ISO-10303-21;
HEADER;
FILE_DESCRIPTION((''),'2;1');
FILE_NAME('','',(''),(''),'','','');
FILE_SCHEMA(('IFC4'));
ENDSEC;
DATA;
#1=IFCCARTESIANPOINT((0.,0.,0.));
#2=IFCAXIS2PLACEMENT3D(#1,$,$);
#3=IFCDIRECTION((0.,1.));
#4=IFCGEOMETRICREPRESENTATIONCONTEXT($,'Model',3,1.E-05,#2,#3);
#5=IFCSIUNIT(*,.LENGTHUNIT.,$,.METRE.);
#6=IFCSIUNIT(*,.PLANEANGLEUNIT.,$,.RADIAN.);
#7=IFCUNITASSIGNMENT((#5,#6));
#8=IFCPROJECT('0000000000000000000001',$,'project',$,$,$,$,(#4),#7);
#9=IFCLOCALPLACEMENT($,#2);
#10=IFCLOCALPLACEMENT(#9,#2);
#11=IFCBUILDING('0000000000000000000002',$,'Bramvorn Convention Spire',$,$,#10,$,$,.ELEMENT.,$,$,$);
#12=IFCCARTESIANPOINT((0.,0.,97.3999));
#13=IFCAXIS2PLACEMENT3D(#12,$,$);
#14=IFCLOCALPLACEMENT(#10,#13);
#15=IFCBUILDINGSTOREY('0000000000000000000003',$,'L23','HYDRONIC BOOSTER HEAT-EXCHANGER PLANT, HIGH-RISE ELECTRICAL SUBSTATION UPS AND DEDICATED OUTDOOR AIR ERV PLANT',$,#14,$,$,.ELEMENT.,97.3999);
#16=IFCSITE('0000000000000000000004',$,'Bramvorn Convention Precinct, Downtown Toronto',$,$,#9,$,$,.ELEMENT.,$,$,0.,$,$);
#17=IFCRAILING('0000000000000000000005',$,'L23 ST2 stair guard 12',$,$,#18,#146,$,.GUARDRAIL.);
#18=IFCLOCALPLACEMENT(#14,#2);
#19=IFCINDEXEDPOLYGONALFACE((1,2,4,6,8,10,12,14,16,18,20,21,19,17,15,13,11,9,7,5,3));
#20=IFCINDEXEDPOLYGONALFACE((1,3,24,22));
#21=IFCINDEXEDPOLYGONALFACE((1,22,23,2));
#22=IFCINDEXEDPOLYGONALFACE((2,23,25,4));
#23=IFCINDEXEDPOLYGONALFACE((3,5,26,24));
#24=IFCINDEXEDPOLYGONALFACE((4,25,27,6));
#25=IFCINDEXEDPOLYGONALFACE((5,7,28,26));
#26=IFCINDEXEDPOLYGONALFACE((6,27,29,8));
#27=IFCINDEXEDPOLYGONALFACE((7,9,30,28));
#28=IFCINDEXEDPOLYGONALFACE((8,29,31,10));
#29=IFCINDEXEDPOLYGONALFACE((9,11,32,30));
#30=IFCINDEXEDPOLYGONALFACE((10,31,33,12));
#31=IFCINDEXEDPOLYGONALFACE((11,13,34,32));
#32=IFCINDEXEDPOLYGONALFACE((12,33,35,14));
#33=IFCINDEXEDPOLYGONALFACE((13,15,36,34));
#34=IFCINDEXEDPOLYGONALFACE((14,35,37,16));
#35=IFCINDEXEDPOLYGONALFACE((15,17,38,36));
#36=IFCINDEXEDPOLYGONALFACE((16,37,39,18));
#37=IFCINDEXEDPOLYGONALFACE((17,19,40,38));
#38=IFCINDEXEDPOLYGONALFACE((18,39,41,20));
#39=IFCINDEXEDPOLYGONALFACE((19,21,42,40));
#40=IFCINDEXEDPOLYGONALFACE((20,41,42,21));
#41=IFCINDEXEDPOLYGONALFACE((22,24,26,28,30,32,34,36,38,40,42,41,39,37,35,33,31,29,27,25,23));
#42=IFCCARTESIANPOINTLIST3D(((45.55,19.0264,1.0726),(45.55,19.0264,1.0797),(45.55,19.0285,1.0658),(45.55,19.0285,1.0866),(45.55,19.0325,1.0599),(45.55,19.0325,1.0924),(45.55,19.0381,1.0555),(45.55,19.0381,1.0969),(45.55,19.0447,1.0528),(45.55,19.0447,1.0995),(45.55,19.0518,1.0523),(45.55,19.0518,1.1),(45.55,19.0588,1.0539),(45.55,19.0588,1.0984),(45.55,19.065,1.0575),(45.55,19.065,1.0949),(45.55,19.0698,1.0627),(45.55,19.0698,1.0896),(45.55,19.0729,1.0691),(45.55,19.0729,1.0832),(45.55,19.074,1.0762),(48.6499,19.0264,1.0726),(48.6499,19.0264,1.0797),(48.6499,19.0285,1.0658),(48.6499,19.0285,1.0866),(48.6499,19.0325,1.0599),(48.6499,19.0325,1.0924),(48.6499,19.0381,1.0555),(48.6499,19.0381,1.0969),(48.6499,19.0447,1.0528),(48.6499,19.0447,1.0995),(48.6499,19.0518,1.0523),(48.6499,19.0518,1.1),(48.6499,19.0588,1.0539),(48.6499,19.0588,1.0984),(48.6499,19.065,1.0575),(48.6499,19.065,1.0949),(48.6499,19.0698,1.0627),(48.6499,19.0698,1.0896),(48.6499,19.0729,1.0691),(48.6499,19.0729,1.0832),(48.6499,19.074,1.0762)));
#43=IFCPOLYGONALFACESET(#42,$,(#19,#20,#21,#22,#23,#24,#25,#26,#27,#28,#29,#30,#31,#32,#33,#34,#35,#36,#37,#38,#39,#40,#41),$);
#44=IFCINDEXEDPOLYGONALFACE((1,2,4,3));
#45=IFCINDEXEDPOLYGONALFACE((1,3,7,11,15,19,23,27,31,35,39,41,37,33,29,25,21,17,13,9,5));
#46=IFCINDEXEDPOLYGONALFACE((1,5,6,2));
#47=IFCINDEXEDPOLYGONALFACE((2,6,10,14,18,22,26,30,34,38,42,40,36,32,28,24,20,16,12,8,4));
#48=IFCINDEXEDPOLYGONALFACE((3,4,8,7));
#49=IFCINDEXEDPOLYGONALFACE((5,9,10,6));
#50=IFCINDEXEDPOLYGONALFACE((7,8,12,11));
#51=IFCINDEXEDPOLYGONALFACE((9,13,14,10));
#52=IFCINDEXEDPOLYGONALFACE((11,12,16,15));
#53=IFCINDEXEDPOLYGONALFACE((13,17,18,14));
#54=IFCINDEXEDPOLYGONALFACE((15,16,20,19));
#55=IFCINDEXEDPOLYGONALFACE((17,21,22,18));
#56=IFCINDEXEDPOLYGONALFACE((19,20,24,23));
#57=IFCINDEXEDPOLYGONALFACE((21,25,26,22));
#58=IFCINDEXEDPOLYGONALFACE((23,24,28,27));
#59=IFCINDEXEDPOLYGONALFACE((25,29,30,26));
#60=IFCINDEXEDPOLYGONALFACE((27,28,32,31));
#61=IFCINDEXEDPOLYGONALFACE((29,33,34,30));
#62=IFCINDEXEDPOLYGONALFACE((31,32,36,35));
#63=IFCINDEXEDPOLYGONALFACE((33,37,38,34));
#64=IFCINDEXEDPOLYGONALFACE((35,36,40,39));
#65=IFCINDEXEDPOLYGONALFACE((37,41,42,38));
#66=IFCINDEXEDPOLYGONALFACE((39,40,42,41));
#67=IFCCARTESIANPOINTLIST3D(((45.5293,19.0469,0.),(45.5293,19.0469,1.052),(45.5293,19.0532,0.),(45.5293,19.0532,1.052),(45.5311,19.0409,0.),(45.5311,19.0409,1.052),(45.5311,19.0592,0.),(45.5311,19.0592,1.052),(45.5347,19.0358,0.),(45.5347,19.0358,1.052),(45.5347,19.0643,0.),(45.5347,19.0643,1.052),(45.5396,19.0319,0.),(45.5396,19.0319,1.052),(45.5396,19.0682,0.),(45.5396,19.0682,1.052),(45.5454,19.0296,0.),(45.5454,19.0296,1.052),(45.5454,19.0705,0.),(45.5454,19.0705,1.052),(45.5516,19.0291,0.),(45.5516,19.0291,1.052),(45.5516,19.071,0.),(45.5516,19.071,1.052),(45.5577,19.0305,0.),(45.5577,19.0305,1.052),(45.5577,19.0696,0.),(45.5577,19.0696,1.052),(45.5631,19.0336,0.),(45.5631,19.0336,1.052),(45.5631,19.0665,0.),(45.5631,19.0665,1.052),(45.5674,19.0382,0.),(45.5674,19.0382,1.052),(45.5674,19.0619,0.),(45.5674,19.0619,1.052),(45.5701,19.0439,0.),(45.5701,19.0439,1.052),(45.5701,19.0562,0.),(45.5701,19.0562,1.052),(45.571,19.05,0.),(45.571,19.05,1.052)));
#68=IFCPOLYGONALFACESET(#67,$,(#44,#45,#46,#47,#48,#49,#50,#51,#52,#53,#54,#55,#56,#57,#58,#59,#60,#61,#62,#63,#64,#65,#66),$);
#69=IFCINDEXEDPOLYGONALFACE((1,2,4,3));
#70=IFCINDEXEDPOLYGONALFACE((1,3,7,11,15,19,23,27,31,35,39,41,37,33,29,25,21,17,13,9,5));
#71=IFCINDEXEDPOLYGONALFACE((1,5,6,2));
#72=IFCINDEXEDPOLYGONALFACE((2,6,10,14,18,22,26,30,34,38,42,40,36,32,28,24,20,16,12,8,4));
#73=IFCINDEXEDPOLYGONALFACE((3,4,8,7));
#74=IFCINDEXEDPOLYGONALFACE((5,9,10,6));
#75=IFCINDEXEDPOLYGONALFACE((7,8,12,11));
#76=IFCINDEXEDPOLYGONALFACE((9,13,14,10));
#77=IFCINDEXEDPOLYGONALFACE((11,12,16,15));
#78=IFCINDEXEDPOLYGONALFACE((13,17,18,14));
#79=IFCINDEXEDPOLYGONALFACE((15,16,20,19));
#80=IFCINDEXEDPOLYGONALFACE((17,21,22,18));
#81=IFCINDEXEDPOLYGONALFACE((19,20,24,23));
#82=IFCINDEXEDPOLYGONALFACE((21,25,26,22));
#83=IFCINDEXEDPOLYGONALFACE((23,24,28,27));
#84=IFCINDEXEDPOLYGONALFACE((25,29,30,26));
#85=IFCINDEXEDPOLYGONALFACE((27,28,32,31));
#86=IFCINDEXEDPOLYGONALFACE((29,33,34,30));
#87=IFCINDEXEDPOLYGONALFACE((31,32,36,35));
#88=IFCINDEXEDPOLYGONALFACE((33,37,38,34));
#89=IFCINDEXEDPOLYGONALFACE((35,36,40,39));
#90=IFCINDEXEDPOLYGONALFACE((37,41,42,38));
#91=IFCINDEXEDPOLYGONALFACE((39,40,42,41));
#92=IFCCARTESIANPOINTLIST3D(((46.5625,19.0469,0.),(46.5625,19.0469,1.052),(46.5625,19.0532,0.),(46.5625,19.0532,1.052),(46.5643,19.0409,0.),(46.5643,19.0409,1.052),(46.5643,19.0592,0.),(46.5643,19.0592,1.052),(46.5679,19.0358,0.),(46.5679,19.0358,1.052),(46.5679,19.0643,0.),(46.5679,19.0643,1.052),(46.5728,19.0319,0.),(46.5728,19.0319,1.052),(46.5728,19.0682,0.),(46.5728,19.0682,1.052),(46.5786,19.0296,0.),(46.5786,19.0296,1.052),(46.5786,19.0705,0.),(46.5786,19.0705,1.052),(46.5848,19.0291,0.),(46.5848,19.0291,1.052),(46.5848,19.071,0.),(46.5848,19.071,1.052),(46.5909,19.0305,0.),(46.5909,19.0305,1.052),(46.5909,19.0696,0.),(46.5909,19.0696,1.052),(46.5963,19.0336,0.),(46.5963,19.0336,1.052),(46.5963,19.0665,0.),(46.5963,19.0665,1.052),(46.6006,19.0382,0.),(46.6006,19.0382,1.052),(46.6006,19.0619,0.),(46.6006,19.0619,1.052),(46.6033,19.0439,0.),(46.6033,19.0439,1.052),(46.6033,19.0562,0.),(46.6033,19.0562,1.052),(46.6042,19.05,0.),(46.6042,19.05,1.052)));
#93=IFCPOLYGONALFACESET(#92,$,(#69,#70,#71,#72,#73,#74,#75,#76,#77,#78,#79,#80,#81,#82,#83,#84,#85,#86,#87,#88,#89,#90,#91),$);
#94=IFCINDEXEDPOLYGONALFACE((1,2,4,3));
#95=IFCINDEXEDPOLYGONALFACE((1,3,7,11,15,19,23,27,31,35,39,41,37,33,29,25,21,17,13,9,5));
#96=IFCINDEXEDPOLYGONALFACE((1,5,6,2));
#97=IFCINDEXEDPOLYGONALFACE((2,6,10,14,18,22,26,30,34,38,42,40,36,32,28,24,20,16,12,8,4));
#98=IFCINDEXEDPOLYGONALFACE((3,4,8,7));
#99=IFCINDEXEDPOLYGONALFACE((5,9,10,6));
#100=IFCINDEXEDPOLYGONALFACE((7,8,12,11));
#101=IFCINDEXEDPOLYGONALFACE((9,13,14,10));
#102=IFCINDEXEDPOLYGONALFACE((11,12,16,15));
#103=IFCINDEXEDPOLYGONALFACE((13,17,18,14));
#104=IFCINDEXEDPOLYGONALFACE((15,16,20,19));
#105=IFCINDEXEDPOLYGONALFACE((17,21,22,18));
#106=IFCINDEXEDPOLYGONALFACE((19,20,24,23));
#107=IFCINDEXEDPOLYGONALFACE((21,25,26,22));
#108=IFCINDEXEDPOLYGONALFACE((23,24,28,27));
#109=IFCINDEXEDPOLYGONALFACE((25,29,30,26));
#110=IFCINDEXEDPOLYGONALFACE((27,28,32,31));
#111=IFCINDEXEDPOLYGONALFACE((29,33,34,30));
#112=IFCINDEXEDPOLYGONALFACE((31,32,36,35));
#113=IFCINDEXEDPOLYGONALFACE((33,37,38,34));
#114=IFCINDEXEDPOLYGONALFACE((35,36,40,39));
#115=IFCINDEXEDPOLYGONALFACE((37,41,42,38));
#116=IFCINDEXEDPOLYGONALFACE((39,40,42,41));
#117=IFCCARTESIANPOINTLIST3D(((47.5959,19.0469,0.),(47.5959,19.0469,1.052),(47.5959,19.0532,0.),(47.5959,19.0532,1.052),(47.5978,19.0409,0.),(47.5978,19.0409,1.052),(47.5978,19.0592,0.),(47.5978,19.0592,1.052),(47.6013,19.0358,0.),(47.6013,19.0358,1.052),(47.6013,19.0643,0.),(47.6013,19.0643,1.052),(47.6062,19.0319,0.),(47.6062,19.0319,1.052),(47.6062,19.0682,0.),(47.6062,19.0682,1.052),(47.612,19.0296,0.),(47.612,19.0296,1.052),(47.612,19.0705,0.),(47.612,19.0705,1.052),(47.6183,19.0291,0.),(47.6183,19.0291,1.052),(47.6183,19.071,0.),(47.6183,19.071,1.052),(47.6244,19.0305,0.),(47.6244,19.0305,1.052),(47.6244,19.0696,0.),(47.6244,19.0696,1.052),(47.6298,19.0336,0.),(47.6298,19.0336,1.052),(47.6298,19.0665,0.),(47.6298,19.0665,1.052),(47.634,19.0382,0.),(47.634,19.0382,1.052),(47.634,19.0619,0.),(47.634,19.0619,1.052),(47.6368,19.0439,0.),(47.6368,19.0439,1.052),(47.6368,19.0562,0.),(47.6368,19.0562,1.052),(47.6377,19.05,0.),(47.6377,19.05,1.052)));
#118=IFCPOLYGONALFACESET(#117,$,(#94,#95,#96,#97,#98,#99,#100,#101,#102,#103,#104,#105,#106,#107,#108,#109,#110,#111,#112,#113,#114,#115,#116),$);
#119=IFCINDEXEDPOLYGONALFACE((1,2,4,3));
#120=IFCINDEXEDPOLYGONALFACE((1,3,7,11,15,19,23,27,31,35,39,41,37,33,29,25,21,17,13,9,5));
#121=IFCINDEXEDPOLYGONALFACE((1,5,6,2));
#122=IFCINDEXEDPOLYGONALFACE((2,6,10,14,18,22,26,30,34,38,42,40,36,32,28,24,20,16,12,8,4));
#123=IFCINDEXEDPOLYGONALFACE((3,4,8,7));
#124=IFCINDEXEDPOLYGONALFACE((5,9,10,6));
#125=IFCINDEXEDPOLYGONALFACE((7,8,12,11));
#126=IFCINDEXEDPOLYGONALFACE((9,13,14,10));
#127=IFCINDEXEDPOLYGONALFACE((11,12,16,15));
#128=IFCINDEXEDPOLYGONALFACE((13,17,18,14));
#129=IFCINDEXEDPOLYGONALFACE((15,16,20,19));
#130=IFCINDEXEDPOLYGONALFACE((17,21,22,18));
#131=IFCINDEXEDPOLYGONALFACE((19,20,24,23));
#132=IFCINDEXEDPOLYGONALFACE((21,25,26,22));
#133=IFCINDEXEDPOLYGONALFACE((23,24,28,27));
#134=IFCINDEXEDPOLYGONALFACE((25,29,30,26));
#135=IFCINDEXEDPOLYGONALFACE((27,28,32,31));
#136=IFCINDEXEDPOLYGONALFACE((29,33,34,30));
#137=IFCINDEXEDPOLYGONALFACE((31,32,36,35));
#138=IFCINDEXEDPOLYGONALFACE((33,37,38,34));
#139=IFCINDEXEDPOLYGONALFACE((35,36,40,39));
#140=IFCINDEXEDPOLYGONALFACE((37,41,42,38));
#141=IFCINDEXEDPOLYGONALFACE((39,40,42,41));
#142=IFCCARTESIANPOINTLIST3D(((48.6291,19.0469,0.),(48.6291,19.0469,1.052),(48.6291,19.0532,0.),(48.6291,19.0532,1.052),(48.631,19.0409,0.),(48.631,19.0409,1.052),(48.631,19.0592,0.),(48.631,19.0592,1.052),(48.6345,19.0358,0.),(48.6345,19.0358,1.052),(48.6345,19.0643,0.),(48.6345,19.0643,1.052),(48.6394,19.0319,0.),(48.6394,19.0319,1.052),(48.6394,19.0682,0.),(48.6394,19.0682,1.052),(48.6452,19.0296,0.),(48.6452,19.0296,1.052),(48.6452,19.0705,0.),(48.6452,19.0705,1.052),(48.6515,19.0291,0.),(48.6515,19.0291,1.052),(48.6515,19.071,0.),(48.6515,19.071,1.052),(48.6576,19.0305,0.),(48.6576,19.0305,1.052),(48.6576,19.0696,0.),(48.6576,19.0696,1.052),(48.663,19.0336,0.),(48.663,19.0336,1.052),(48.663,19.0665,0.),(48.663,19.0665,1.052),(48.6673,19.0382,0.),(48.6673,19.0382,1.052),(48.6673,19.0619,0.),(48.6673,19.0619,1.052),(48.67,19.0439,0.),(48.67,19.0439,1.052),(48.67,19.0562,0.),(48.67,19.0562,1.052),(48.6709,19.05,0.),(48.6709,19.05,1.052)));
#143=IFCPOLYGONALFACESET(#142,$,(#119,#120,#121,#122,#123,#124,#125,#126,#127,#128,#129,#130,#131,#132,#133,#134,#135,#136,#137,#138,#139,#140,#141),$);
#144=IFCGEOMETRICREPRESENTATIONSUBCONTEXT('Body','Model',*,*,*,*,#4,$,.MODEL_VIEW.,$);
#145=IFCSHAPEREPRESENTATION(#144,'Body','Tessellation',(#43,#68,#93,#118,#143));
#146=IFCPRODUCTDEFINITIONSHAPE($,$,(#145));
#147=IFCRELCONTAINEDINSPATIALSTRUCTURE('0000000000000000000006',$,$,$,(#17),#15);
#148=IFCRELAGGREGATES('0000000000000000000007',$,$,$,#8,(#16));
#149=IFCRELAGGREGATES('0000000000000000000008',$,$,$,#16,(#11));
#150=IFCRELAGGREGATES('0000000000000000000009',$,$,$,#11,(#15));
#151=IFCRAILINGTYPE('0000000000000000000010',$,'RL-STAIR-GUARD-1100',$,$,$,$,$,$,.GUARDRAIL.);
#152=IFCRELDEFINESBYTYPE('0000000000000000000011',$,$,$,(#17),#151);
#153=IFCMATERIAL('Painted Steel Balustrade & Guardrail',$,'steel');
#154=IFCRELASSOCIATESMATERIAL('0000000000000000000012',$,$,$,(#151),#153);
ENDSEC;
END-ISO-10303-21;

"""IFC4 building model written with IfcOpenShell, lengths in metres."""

from ifc_helpers import new_model, si_unit, direction, frame, origin, origin_2d, place, context, subcontext, project, spatial, circle, extrude, material, type_object, element, save


model = new_model("IFC4")

# Units and contexts
model_context = context("Model", 3, precision=1e-05, world=origin(), true_north=direction((0.0, 1.0)))
body_context = subcontext(model_context, "Body", "Model", "MODEL_VIEW")
ifc_project = project(units=[si_unit("LENGTHUNIT", "METRE"), si_unit("PLANEANGLEUNIT", "RADIAN")], contexts=[model_context])

# Site, building, storey
site_placement = place(None, origin())
site = spatial("IfcSite", under=ifc_project, at=site_placement, Name="Bramvorn Convention Precinct, Downtown Toronto", CompositionType="ELEMENT", RefElevation=0.0)
building_placement = place(site_placement, origin())
building = spatial("IfcBuilding", under=site, at=building_placement, Name="Bramvorn Convention Spire", CompositionType="ELEMENT")
storey_placement = place(building_placement, frame((0.0, 0.0, 97.3999)))
storey = spatial("IfcBuildingStorey", under=building, at=storey_placement, Name="L23", Description="HYDRONIC BOOSTER HEAT-EXCHANGER PLANT, HIGH-RISE ELECTRICAL SUBSTATION UPS AND DEDICATED OUTDOOR AIR ERV PLANT", CompositionType="ELEMENT", Elevation=97.3999)

# Railing
ifc_material_1 = material(Name="Painted Steel Balustrade & Guardrail", Category="steel")
railing_type_1 = type_object("IfcRailingType", Name="RL-STAIR-GUARD-1100", PredefinedType="GUARDRAIL", material=ifc_material_1)
railing_1_placement = place(storey_placement, frame((45.55, 19.05, 0.0)))
element("IfcRailing", 1, at=railing_1_placement, inside=storey, type_object=railing_type_1, Name="L23 ST2 stair guard 12", PredefinedType="GUARDRAIL", context=body_context, shape_type="SweptSolid", body=[
    extrude(circle(Radius=0.0239, at=origin_2d()), frame((0.0, 0.0, 1.0762), z_axis=(1.0, 0.0, 0.0), x_axis=(0.0, 1.0, 0.0)), (0.0, 0.0, 1.0), 3.0999),
    extrude(circle(Radius=0.021, at=origin_2d()), origin(), (0.0, 0.0, 1.0), 1.052),
    extrude(circle(Radius=0.021, at=origin_2d()), frame((1.0332, 0.0, 0.0)), (0.0, 0.0, 1.0), 1.052),
    extrude(circle(Radius=0.021, at=origin_2d()), frame((2.0667, 0.0, 0.0)), (0.0, 0.0, 1.0), 1.052),
    extrude(circle(Radius=0.021, at=origin_2d()), frame((3.0999, 0.0, 0.0)), (0.0, 0.0, 1.0), 1.052),
])

save(model, "model.ifc")
